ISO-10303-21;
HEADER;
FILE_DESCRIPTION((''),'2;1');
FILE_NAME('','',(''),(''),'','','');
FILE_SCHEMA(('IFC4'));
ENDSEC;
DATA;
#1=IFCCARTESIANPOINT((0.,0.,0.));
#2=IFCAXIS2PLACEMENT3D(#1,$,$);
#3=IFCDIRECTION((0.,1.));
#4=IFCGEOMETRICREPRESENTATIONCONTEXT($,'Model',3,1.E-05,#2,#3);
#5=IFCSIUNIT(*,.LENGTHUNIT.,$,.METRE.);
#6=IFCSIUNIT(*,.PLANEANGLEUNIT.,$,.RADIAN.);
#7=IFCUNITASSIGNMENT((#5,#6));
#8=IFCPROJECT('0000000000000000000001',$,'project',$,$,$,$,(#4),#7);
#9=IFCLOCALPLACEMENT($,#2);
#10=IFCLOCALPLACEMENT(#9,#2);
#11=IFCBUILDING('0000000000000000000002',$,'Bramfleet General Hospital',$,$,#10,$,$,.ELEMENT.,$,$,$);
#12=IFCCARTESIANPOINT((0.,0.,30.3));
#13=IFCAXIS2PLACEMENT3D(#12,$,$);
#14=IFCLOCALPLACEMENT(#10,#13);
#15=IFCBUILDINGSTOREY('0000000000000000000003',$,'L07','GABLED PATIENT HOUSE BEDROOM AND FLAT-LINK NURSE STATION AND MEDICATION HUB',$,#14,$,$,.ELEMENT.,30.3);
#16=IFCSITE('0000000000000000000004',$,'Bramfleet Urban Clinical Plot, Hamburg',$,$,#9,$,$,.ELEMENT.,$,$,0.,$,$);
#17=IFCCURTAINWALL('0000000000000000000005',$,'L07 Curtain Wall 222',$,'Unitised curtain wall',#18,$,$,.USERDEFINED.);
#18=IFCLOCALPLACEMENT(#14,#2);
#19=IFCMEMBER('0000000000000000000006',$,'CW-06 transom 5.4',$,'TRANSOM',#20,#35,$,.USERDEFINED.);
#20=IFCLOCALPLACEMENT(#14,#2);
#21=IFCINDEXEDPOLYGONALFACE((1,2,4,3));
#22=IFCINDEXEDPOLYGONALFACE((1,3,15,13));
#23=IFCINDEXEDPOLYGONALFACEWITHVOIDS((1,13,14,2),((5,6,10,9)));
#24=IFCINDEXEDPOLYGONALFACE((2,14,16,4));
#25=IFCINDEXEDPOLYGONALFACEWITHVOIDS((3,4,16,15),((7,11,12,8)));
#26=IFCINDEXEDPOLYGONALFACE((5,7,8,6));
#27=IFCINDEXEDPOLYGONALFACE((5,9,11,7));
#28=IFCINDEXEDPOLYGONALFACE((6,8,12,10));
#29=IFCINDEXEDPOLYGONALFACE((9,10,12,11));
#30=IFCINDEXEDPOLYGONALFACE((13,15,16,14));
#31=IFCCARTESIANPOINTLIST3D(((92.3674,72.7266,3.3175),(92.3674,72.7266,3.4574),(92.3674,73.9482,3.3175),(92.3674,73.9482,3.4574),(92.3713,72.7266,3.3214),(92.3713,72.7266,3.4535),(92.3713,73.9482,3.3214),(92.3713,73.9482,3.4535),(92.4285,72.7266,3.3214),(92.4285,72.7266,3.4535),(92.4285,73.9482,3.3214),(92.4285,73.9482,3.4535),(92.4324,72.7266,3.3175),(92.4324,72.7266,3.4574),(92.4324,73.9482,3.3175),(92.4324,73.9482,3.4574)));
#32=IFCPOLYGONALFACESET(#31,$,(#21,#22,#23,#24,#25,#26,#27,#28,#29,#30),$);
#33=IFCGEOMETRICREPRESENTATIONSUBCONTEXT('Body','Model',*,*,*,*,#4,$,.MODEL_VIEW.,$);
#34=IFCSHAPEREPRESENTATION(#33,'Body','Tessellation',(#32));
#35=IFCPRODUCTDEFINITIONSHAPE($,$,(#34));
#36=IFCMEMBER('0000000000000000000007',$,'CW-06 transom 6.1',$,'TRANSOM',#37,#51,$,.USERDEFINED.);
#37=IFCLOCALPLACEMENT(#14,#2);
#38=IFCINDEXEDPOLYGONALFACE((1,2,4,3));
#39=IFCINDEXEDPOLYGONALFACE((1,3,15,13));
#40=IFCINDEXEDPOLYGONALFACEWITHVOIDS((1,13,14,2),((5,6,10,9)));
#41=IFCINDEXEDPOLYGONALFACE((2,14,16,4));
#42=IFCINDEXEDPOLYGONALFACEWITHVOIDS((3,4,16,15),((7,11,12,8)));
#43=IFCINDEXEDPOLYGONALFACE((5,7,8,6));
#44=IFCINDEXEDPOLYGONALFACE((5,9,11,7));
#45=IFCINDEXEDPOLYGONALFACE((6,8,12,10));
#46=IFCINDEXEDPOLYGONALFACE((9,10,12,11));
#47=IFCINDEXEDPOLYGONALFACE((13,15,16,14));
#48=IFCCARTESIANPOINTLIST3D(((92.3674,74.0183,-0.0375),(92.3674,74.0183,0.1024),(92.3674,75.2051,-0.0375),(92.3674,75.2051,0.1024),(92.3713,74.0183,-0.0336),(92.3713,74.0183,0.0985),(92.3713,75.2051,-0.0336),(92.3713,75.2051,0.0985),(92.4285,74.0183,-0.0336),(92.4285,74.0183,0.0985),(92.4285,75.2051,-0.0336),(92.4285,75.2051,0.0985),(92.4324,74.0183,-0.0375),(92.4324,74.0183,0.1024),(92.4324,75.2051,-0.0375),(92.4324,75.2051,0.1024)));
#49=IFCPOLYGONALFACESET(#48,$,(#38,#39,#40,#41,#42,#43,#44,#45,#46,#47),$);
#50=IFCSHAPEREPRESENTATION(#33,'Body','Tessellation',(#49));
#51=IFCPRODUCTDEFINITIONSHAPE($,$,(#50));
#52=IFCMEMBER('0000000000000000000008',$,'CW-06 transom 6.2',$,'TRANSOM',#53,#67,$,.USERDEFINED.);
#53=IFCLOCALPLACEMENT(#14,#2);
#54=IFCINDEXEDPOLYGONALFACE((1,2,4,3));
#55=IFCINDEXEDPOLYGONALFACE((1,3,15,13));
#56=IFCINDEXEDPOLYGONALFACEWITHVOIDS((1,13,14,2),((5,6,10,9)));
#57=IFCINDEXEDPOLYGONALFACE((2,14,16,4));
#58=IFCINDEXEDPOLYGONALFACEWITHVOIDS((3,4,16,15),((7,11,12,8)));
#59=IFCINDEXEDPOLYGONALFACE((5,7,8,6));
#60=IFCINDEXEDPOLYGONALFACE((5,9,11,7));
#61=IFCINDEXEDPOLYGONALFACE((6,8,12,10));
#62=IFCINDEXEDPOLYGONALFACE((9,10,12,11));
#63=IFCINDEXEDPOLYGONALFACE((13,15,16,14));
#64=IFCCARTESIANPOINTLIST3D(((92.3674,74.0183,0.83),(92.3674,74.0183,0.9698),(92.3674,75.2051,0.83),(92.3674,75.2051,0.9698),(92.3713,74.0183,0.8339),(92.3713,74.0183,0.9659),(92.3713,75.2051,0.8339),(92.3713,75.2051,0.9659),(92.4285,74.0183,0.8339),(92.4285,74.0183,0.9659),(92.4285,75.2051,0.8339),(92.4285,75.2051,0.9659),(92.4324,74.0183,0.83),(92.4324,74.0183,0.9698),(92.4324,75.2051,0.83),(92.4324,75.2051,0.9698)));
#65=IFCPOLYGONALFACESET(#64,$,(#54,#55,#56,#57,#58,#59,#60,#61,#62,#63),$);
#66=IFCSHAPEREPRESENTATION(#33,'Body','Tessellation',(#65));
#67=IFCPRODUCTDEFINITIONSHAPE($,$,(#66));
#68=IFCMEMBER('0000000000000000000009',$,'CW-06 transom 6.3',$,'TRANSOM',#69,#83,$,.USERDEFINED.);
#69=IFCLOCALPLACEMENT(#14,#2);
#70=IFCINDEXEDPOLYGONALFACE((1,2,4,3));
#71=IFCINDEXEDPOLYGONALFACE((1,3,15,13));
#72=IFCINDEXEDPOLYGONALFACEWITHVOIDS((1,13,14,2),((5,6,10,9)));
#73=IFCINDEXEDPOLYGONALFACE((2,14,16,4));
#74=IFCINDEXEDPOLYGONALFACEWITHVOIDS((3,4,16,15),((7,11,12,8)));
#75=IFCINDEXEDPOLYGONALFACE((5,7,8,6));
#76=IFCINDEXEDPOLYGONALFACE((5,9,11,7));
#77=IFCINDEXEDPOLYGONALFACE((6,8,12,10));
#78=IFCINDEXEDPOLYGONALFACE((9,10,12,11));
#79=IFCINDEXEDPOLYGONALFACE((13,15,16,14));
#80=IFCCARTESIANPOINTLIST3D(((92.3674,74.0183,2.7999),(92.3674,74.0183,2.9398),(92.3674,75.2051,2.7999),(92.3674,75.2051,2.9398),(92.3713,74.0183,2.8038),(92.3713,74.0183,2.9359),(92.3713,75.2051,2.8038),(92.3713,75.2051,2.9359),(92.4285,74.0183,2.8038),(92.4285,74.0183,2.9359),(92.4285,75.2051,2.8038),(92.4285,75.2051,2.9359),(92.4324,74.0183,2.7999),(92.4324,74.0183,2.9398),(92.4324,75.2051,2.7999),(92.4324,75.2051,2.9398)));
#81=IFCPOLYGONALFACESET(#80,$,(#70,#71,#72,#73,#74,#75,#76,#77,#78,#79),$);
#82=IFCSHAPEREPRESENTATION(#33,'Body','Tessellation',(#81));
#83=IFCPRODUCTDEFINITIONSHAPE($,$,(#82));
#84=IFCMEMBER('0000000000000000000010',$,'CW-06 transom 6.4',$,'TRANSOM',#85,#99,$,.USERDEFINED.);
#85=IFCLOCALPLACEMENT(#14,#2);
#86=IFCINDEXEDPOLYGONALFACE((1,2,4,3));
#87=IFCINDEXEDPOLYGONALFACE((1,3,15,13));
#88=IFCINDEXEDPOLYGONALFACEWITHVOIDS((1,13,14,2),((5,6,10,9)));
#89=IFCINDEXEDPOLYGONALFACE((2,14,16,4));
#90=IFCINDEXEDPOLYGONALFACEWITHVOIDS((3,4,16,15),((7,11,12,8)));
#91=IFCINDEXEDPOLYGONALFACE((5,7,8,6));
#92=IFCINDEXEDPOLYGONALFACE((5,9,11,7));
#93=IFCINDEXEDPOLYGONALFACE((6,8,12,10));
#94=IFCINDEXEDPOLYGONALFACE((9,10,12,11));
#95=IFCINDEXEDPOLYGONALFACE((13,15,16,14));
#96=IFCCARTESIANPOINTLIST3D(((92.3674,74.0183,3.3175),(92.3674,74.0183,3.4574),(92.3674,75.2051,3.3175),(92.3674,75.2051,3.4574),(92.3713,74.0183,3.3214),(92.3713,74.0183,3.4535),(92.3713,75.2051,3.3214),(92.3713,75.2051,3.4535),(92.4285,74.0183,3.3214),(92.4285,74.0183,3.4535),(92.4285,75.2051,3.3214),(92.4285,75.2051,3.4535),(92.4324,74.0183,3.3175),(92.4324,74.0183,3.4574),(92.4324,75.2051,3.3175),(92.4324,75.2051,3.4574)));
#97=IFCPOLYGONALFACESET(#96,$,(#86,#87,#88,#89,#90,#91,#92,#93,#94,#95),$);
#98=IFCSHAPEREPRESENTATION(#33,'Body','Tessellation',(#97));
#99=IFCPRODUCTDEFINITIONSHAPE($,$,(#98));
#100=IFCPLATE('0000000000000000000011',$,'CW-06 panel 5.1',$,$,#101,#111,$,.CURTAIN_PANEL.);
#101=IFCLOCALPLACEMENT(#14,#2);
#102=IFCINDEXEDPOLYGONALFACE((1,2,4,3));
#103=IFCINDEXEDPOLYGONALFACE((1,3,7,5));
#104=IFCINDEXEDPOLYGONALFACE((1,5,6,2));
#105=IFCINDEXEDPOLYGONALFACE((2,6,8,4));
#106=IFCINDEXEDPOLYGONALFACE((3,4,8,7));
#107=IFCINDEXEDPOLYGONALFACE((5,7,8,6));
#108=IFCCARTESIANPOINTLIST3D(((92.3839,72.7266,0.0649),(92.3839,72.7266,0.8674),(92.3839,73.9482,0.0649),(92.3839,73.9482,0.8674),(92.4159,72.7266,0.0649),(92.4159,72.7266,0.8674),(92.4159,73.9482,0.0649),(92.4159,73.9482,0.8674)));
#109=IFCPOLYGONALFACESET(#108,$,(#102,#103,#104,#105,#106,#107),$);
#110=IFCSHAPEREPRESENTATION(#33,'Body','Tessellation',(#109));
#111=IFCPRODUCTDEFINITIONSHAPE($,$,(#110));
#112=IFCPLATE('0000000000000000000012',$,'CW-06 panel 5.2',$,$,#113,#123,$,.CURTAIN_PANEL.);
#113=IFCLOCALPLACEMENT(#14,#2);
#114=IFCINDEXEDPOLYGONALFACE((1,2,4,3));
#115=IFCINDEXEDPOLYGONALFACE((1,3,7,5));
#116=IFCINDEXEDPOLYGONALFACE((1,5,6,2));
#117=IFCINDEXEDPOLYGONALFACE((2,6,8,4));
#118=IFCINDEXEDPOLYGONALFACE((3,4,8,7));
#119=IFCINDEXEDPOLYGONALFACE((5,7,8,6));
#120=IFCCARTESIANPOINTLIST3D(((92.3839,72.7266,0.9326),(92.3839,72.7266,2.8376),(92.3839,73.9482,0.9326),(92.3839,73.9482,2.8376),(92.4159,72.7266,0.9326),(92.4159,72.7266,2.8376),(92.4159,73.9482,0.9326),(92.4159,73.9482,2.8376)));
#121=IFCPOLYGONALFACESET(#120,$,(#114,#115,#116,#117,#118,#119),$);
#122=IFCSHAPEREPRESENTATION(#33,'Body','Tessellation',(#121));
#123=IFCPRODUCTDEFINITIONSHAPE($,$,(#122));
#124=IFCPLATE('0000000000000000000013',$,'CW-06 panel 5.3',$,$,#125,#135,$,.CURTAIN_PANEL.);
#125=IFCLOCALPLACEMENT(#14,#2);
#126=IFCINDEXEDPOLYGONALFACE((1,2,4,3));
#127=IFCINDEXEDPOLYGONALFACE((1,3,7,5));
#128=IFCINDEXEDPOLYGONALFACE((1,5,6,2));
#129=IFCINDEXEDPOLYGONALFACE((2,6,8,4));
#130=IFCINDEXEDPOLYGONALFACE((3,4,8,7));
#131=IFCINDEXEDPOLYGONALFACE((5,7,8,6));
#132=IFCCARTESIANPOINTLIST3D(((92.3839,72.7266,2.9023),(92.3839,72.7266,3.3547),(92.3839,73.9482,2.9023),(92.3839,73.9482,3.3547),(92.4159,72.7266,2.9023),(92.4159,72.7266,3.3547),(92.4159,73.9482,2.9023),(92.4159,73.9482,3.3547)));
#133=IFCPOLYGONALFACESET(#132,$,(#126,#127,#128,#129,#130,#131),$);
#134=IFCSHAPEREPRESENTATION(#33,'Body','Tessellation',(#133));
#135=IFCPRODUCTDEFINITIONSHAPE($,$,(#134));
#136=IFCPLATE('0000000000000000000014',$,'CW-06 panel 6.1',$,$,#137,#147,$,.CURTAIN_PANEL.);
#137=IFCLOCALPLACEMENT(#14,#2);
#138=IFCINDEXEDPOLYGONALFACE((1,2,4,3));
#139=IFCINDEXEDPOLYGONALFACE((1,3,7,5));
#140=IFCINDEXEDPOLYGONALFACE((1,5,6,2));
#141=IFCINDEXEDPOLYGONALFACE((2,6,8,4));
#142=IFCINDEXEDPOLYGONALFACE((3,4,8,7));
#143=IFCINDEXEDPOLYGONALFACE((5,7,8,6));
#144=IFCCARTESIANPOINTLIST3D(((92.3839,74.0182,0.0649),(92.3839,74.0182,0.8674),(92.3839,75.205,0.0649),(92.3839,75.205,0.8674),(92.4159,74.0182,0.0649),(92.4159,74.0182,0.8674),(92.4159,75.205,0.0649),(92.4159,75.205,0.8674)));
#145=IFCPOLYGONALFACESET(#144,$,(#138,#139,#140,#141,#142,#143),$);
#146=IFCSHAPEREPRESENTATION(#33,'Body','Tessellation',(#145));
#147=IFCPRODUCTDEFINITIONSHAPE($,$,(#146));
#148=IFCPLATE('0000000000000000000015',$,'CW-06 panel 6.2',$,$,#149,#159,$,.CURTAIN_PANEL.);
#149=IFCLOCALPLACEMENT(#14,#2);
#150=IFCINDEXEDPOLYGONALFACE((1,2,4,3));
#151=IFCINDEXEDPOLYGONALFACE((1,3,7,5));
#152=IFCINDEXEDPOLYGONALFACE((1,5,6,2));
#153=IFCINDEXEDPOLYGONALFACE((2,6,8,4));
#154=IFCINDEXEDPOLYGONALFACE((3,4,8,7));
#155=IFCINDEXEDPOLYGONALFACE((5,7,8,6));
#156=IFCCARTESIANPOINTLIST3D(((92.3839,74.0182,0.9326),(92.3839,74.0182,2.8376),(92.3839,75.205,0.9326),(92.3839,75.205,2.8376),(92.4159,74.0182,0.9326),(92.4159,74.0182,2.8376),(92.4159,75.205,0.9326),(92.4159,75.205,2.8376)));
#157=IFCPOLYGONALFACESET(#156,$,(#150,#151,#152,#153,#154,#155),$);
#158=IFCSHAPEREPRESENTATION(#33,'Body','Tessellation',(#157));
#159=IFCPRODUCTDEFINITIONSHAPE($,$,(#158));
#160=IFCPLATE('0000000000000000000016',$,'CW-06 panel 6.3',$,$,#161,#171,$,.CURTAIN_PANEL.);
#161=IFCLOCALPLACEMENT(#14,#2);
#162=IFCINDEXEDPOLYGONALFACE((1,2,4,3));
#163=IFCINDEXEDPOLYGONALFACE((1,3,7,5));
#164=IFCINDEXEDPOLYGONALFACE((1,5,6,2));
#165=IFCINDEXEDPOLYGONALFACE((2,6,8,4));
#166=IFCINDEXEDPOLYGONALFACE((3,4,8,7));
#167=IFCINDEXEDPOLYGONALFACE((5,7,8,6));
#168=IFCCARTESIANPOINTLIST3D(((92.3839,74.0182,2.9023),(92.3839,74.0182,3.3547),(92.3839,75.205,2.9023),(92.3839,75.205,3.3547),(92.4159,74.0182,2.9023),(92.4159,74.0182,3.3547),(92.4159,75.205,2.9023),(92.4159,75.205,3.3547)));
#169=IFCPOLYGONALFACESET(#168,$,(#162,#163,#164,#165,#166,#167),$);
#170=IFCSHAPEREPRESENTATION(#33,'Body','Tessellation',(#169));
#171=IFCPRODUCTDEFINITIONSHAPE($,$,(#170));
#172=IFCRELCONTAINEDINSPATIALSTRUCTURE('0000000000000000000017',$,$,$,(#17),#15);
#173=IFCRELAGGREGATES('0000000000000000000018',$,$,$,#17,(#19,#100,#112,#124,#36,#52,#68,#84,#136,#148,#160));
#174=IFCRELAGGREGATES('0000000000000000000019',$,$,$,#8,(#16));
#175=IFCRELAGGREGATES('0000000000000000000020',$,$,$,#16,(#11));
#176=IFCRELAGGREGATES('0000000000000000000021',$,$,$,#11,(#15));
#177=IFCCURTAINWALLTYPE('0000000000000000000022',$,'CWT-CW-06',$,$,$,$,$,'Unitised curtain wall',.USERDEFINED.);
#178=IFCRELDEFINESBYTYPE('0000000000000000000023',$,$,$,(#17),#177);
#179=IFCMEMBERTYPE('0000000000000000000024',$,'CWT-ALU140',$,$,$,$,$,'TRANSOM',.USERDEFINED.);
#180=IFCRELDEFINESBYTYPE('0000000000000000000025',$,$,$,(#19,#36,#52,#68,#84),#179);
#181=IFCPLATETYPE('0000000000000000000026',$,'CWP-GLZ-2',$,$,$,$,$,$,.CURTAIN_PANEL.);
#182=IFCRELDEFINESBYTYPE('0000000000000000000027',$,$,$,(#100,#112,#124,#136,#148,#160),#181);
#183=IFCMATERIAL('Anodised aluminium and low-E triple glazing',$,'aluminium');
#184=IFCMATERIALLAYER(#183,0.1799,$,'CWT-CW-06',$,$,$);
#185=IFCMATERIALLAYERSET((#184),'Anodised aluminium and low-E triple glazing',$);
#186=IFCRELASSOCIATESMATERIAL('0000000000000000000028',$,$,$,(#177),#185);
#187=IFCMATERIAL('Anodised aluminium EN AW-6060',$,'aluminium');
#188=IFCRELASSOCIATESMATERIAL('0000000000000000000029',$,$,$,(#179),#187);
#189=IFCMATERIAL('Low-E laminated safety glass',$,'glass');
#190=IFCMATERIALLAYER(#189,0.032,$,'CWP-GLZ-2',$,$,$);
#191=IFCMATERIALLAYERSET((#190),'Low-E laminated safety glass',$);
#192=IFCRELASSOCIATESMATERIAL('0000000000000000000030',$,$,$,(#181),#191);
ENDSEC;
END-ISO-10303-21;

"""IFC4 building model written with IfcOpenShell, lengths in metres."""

from ifc_helpers import new_model, si_unit, direction, frame, origin, origin_2d, place, context, subcontext, project, spatial, rectangle, hollow_rectangle, extrude, material, layer, layer_set, material_profile, profile_set, type_object, element, aggregate, save


model = new_model("IFC4")

# Units and contexts
model_context = context("Model", 3, precision=1e-05, world=origin(), true_north=direction((0.0, 1.0)))
body_context = subcontext(model_context, "Body", "Model", "MODEL_VIEW")
ifc_project = project(units=[si_unit("LENGTHUNIT", "METRE"), si_unit("PLANEANGLEUNIT", "RADIAN")], contexts=[model_context])

# Site, building, storey
site_placement = place(None, origin())
site = spatial("IfcSite", under=ifc_project, at=site_placement, Name="Bramfleet Urban Clinical Plot, Hamburg", CompositionType="ELEMENT", RefElevation=0.0)
building_placement = place(site_placement, origin())
building = spatial("IfcBuilding", under=site, at=building_placement, Name="Bramfleet General Hospital", CompositionType="ELEMENT")
storey_placement = place(building_placement, frame((0.0, 0.0, 30.3)))
storey = spatial("IfcBuildingStorey", under=building, at=storey_placement, Name="L07", Description="GABLED PATIENT HOUSE BEDROOM AND FLAT-LINK NURSE STATION AND MEDICATION HUB", CompositionType="ELEMENT", Elevation=30.3)

# Curtain wall, members, plates
ifc_material_1 = material(Name="Anodised aluminium and low-E triple glazing", Category="aluminium")
ifc_layer_1 = layer(ifc_material_1, 0.1799, Name="CWT-CW-06")
ifc_layer_set_1 = layer_set([ifc_layer_1], Name="Anodised aluminium and low-E triple glazing")
curtain_wall_type = type_object("IfcCurtainWallType", Name="CWT-CW-06", ElementType="Unitised curtain wall", PredefinedType="USERDEFINED", material=ifc_layer_set_1)
curtain_wall_placement = place(storey_placement, origin())
curtain_wall = element("IfcCurtainWall", 1, at=curtain_wall_placement, inside=storey, type_object=curtain_wall_type, Name="L07 Curtain Wall 222", ObjectType="Unitised curtain wall", PredefinedType="USERDEFINED")
ifc_material_2 = material(Name="Anodised aluminium EN AW-6060", Category="aluminium")
ifc_material_profile_1 = material_profile(ifc_material_2, hollow_rectangle(XDim=0.0649, YDim=0.1399, WallThickness=0.0039, at=origin_2d()), Name="ALU 140x65x4.0")
ifc_profile_set_1 = profile_set([ifc_material_profile_1], Name="Anodised aluminium EN AW-6060")
member_type_1 = type_object("IfcMemberType", Name="CWT-ALU140", ElementType="TRANSOM", PredefinedType="USERDEFINED", material=ifc_profile_set_1)
member_1_placement = place(storey_placement, frame((92.3999, 72.7266, 3.3875), z_axis=(0.0, 1.0, 0.0), x_axis=(-1.0, 0.0, 0.0)))
member_1 = element("IfcMember", 2, at=member_1_placement, type_object=member_type_1, Name="CW-06 transom 5.4", ObjectType="TRANSOM", PredefinedType="USERDEFINED", context=body_context, shape_type="SweptSolid", body=[
    extrude(hollow_rectangle(XDim=0.0649, YDim=0.1399, WallThickness=0.0039, at=origin_2d()), origin(), (0.0, 0.0, 1.0), 1.2217),
])
member_2_placement = place(storey_placement, frame((92.3999, 74.0183, 0.0325), z_axis=(0.0, 1.0, 0.0), x_axis=(-1.0, 0.0, 0.0)))
member_2 = element("IfcMember", 3, at=member_2_placement, type_object=member_type_1, Name="CW-06 transom 6.1", ObjectType="TRANSOM", PredefinedType="USERDEFINED", context=body_context, shape_type="SweptSolid", body=[
    extrude(hollow_rectangle(XDim=0.0649, YDim=0.1399, WallThickness=0.0039, at=origin_2d()), origin(), (0.0, 0.0, 1.0), 1.1868),
])
member_3_placement = place(storey_placement, frame((92.3999, 74.0183, 0.8999), z_axis=(0.0, 1.0, 0.0), x_axis=(-1.0, 0.0, 0.0)))
member_3 = element("IfcMember", 4, at=member_3_placement, type_object=member_type_1, Name="CW-06 transom 6.2", ObjectType="TRANSOM", PredefinedType="USERDEFINED", context=body_context, shape_type="SweptSolid", body=[
    extrude(hollow_rectangle(XDim=0.0649, YDim=0.1399, WallThickness=0.0039, at=origin_2d()), origin(), (0.0, 0.0, 1.0), 1.1868),
])
member_4_placement = place(storey_placement, frame((92.3999, 74.0183, 2.8699), z_axis=(0.0, 1.0, 0.0), x_axis=(-1.0, 0.0, 0.0)))
member_4 = element("IfcMember", 5, at=member_4_placement, type_object=member_type_1, Name="CW-06 transom 6.3", ObjectType="TRANSOM", PredefinedType="USERDEFINED", context=body_context, shape_type="SweptSolid", body=[
    extrude(hollow_rectangle(XDim=0.0649, YDim=0.1399, WallThickness=0.0039, at=origin_2d()), origin(), (0.0, 0.0, 1.0), 1.1868),
])
member_5_placement = place(storey_placement, frame((92.3999, 74.0183, 3.3875), z_axis=(0.0, 1.0, 0.0), x_axis=(-1.0, 0.0, 0.0)))
member_5 = element("IfcMember", 6, at=member_5_placement, type_object=member_type_1, Name="CW-06 transom 6.4", ObjectType="TRANSOM", PredefinedType="USERDEFINED", context=body_context, shape_type="SweptSolid", body=[
    extrude(hollow_rectangle(XDim=0.0649, YDim=0.1399, WallThickness=0.0039, at=origin_2d()), origin(), (0.0, 0.0, 1.0), 1.1868),
])
ifc_material_3 = material(Name="Low-E laminated safety glass", Category="glass")
ifc_layer_2 = layer(ifc_material_3, 0.032, Name="CWP-GLZ-2")
ifc_layer_set_2 = layer_set([ifc_layer_2], Name="Low-E laminated safety glass")
plate_type = type_object("IfcPlateType", Name="CWP-GLZ-2", PredefinedType="CURTAIN_PANEL", material=ifc_layer_set_2)
plate_1_placement = place(storey_placement, frame((92.3999, 73.3374, 0.0649), z_axis=(0.0, 0.0, 1.0), x_axis=(0.0, 1.0, 0.0)))
plate_1 = element("IfcPlate", 7, at=plate_1_placement, type_object=plate_type, Name="CW-06 panel 5.1", PredefinedType="CURTAIN_PANEL", context=body_context, shape_type="SweptSolid", body=[
    extrude(rectangle(XDim=1.2217, YDim=0.032, at=origin_2d()), origin(), (0.0, 0.0, 1.0), 0.8025),
])
plate_2_placement = place(storey_placement, frame((92.3999, 73.3374, 0.9326), z_axis=(0.0, 0.0, 1.0), x_axis=(0.0, 1.0, 0.0)))
plate_2 = element("IfcPlate", 8, at=plate_2_placement, type_object=plate_type, Name="CW-06 panel 5.2", PredefinedType="CURTAIN_PANEL", context=body_context, shape_type="SweptSolid", body=[
    extrude(rectangle(XDim=1.2217, YDim=0.032, at=origin_2d()), origin(), (0.0, 0.0, 1.0), 1.905),
])
plate_3_placement = place(storey_placement, frame((92.3999, 73.3374, 2.9023), z_axis=(0.0, 0.0, 1.0), x_axis=(0.0, 1.0, 0.0)))
plate_3 = element("IfcPlate", 9, at=plate_3_placement, type_object=plate_type, Name="CW-06 panel 5.3", PredefinedType="CURTAIN_PANEL", context=body_context, shape_type="SweptSolid", body=[
    extrude(rectangle(XDim=1.2217, YDim=0.032, at=origin_2d()), origin(), (0.0, 0.0, 1.0), 0.4524),
])
plate_4_placement = place(storey_placement, frame((92.3999, 74.6116, 0.0649), z_axis=(0.0, 0.0, 1.0), x_axis=(0.0, 1.0, 0.0)))
plate_4 = element("IfcPlate", 10, at=plate_4_placement, type_object=plate_type, Name="CW-06 panel 6.1", PredefinedType="CURTAIN_PANEL", context=body_context, shape_type="SweptSolid", body=[
    extrude(rectangle(XDim=1.1868, YDim=0.032, at=origin_2d()), origin(), (0.0, 0.0, 1.0), 0.8025),
])
plate_5_placement = place(storey_placement, frame((92.3999, 74.6116, 0.9326), z_axis=(0.0, 0.0, 1.0), x_axis=(0.0, 1.0, 0.0)))
plate_5 = element("IfcPlate", 11, at=plate_5_placement, type_object=plate_type, Name="CW-06 panel 6.2", PredefinedType="CURTAIN_PANEL", context=body_context, shape_type="SweptSolid", body=[
    extrude(rectangle(XDim=1.1868, YDim=0.032, at=origin_2d()), origin(), (0.0, 0.0, 1.0), 1.905),
])
plate_6_placement = place(storey_placement, frame((92.3999, 74.6116, 2.9023), z_axis=(0.0, 0.0, 1.0), x_axis=(0.0, 1.0, 0.0)))
plate_6 = element("IfcPlate", 12, at=plate_6_placement, type_object=plate_type, Name="CW-06 panel 6.3", PredefinedType="CURTAIN_PANEL", context=body_context, shape_type="SweptSolid", body=[
    extrude(rectangle(XDim=1.1868, YDim=0.032, at=origin_2d()), origin(), (0.0, 0.0, 1.0), 0.4524),
])
aggregate(curtain_wall, [member_1, plate_1, plate_2, plate_3, member_2, member_3, member_4, member_5, plate_4, plate_5, plate_6])

save(model, "model.ifc")
